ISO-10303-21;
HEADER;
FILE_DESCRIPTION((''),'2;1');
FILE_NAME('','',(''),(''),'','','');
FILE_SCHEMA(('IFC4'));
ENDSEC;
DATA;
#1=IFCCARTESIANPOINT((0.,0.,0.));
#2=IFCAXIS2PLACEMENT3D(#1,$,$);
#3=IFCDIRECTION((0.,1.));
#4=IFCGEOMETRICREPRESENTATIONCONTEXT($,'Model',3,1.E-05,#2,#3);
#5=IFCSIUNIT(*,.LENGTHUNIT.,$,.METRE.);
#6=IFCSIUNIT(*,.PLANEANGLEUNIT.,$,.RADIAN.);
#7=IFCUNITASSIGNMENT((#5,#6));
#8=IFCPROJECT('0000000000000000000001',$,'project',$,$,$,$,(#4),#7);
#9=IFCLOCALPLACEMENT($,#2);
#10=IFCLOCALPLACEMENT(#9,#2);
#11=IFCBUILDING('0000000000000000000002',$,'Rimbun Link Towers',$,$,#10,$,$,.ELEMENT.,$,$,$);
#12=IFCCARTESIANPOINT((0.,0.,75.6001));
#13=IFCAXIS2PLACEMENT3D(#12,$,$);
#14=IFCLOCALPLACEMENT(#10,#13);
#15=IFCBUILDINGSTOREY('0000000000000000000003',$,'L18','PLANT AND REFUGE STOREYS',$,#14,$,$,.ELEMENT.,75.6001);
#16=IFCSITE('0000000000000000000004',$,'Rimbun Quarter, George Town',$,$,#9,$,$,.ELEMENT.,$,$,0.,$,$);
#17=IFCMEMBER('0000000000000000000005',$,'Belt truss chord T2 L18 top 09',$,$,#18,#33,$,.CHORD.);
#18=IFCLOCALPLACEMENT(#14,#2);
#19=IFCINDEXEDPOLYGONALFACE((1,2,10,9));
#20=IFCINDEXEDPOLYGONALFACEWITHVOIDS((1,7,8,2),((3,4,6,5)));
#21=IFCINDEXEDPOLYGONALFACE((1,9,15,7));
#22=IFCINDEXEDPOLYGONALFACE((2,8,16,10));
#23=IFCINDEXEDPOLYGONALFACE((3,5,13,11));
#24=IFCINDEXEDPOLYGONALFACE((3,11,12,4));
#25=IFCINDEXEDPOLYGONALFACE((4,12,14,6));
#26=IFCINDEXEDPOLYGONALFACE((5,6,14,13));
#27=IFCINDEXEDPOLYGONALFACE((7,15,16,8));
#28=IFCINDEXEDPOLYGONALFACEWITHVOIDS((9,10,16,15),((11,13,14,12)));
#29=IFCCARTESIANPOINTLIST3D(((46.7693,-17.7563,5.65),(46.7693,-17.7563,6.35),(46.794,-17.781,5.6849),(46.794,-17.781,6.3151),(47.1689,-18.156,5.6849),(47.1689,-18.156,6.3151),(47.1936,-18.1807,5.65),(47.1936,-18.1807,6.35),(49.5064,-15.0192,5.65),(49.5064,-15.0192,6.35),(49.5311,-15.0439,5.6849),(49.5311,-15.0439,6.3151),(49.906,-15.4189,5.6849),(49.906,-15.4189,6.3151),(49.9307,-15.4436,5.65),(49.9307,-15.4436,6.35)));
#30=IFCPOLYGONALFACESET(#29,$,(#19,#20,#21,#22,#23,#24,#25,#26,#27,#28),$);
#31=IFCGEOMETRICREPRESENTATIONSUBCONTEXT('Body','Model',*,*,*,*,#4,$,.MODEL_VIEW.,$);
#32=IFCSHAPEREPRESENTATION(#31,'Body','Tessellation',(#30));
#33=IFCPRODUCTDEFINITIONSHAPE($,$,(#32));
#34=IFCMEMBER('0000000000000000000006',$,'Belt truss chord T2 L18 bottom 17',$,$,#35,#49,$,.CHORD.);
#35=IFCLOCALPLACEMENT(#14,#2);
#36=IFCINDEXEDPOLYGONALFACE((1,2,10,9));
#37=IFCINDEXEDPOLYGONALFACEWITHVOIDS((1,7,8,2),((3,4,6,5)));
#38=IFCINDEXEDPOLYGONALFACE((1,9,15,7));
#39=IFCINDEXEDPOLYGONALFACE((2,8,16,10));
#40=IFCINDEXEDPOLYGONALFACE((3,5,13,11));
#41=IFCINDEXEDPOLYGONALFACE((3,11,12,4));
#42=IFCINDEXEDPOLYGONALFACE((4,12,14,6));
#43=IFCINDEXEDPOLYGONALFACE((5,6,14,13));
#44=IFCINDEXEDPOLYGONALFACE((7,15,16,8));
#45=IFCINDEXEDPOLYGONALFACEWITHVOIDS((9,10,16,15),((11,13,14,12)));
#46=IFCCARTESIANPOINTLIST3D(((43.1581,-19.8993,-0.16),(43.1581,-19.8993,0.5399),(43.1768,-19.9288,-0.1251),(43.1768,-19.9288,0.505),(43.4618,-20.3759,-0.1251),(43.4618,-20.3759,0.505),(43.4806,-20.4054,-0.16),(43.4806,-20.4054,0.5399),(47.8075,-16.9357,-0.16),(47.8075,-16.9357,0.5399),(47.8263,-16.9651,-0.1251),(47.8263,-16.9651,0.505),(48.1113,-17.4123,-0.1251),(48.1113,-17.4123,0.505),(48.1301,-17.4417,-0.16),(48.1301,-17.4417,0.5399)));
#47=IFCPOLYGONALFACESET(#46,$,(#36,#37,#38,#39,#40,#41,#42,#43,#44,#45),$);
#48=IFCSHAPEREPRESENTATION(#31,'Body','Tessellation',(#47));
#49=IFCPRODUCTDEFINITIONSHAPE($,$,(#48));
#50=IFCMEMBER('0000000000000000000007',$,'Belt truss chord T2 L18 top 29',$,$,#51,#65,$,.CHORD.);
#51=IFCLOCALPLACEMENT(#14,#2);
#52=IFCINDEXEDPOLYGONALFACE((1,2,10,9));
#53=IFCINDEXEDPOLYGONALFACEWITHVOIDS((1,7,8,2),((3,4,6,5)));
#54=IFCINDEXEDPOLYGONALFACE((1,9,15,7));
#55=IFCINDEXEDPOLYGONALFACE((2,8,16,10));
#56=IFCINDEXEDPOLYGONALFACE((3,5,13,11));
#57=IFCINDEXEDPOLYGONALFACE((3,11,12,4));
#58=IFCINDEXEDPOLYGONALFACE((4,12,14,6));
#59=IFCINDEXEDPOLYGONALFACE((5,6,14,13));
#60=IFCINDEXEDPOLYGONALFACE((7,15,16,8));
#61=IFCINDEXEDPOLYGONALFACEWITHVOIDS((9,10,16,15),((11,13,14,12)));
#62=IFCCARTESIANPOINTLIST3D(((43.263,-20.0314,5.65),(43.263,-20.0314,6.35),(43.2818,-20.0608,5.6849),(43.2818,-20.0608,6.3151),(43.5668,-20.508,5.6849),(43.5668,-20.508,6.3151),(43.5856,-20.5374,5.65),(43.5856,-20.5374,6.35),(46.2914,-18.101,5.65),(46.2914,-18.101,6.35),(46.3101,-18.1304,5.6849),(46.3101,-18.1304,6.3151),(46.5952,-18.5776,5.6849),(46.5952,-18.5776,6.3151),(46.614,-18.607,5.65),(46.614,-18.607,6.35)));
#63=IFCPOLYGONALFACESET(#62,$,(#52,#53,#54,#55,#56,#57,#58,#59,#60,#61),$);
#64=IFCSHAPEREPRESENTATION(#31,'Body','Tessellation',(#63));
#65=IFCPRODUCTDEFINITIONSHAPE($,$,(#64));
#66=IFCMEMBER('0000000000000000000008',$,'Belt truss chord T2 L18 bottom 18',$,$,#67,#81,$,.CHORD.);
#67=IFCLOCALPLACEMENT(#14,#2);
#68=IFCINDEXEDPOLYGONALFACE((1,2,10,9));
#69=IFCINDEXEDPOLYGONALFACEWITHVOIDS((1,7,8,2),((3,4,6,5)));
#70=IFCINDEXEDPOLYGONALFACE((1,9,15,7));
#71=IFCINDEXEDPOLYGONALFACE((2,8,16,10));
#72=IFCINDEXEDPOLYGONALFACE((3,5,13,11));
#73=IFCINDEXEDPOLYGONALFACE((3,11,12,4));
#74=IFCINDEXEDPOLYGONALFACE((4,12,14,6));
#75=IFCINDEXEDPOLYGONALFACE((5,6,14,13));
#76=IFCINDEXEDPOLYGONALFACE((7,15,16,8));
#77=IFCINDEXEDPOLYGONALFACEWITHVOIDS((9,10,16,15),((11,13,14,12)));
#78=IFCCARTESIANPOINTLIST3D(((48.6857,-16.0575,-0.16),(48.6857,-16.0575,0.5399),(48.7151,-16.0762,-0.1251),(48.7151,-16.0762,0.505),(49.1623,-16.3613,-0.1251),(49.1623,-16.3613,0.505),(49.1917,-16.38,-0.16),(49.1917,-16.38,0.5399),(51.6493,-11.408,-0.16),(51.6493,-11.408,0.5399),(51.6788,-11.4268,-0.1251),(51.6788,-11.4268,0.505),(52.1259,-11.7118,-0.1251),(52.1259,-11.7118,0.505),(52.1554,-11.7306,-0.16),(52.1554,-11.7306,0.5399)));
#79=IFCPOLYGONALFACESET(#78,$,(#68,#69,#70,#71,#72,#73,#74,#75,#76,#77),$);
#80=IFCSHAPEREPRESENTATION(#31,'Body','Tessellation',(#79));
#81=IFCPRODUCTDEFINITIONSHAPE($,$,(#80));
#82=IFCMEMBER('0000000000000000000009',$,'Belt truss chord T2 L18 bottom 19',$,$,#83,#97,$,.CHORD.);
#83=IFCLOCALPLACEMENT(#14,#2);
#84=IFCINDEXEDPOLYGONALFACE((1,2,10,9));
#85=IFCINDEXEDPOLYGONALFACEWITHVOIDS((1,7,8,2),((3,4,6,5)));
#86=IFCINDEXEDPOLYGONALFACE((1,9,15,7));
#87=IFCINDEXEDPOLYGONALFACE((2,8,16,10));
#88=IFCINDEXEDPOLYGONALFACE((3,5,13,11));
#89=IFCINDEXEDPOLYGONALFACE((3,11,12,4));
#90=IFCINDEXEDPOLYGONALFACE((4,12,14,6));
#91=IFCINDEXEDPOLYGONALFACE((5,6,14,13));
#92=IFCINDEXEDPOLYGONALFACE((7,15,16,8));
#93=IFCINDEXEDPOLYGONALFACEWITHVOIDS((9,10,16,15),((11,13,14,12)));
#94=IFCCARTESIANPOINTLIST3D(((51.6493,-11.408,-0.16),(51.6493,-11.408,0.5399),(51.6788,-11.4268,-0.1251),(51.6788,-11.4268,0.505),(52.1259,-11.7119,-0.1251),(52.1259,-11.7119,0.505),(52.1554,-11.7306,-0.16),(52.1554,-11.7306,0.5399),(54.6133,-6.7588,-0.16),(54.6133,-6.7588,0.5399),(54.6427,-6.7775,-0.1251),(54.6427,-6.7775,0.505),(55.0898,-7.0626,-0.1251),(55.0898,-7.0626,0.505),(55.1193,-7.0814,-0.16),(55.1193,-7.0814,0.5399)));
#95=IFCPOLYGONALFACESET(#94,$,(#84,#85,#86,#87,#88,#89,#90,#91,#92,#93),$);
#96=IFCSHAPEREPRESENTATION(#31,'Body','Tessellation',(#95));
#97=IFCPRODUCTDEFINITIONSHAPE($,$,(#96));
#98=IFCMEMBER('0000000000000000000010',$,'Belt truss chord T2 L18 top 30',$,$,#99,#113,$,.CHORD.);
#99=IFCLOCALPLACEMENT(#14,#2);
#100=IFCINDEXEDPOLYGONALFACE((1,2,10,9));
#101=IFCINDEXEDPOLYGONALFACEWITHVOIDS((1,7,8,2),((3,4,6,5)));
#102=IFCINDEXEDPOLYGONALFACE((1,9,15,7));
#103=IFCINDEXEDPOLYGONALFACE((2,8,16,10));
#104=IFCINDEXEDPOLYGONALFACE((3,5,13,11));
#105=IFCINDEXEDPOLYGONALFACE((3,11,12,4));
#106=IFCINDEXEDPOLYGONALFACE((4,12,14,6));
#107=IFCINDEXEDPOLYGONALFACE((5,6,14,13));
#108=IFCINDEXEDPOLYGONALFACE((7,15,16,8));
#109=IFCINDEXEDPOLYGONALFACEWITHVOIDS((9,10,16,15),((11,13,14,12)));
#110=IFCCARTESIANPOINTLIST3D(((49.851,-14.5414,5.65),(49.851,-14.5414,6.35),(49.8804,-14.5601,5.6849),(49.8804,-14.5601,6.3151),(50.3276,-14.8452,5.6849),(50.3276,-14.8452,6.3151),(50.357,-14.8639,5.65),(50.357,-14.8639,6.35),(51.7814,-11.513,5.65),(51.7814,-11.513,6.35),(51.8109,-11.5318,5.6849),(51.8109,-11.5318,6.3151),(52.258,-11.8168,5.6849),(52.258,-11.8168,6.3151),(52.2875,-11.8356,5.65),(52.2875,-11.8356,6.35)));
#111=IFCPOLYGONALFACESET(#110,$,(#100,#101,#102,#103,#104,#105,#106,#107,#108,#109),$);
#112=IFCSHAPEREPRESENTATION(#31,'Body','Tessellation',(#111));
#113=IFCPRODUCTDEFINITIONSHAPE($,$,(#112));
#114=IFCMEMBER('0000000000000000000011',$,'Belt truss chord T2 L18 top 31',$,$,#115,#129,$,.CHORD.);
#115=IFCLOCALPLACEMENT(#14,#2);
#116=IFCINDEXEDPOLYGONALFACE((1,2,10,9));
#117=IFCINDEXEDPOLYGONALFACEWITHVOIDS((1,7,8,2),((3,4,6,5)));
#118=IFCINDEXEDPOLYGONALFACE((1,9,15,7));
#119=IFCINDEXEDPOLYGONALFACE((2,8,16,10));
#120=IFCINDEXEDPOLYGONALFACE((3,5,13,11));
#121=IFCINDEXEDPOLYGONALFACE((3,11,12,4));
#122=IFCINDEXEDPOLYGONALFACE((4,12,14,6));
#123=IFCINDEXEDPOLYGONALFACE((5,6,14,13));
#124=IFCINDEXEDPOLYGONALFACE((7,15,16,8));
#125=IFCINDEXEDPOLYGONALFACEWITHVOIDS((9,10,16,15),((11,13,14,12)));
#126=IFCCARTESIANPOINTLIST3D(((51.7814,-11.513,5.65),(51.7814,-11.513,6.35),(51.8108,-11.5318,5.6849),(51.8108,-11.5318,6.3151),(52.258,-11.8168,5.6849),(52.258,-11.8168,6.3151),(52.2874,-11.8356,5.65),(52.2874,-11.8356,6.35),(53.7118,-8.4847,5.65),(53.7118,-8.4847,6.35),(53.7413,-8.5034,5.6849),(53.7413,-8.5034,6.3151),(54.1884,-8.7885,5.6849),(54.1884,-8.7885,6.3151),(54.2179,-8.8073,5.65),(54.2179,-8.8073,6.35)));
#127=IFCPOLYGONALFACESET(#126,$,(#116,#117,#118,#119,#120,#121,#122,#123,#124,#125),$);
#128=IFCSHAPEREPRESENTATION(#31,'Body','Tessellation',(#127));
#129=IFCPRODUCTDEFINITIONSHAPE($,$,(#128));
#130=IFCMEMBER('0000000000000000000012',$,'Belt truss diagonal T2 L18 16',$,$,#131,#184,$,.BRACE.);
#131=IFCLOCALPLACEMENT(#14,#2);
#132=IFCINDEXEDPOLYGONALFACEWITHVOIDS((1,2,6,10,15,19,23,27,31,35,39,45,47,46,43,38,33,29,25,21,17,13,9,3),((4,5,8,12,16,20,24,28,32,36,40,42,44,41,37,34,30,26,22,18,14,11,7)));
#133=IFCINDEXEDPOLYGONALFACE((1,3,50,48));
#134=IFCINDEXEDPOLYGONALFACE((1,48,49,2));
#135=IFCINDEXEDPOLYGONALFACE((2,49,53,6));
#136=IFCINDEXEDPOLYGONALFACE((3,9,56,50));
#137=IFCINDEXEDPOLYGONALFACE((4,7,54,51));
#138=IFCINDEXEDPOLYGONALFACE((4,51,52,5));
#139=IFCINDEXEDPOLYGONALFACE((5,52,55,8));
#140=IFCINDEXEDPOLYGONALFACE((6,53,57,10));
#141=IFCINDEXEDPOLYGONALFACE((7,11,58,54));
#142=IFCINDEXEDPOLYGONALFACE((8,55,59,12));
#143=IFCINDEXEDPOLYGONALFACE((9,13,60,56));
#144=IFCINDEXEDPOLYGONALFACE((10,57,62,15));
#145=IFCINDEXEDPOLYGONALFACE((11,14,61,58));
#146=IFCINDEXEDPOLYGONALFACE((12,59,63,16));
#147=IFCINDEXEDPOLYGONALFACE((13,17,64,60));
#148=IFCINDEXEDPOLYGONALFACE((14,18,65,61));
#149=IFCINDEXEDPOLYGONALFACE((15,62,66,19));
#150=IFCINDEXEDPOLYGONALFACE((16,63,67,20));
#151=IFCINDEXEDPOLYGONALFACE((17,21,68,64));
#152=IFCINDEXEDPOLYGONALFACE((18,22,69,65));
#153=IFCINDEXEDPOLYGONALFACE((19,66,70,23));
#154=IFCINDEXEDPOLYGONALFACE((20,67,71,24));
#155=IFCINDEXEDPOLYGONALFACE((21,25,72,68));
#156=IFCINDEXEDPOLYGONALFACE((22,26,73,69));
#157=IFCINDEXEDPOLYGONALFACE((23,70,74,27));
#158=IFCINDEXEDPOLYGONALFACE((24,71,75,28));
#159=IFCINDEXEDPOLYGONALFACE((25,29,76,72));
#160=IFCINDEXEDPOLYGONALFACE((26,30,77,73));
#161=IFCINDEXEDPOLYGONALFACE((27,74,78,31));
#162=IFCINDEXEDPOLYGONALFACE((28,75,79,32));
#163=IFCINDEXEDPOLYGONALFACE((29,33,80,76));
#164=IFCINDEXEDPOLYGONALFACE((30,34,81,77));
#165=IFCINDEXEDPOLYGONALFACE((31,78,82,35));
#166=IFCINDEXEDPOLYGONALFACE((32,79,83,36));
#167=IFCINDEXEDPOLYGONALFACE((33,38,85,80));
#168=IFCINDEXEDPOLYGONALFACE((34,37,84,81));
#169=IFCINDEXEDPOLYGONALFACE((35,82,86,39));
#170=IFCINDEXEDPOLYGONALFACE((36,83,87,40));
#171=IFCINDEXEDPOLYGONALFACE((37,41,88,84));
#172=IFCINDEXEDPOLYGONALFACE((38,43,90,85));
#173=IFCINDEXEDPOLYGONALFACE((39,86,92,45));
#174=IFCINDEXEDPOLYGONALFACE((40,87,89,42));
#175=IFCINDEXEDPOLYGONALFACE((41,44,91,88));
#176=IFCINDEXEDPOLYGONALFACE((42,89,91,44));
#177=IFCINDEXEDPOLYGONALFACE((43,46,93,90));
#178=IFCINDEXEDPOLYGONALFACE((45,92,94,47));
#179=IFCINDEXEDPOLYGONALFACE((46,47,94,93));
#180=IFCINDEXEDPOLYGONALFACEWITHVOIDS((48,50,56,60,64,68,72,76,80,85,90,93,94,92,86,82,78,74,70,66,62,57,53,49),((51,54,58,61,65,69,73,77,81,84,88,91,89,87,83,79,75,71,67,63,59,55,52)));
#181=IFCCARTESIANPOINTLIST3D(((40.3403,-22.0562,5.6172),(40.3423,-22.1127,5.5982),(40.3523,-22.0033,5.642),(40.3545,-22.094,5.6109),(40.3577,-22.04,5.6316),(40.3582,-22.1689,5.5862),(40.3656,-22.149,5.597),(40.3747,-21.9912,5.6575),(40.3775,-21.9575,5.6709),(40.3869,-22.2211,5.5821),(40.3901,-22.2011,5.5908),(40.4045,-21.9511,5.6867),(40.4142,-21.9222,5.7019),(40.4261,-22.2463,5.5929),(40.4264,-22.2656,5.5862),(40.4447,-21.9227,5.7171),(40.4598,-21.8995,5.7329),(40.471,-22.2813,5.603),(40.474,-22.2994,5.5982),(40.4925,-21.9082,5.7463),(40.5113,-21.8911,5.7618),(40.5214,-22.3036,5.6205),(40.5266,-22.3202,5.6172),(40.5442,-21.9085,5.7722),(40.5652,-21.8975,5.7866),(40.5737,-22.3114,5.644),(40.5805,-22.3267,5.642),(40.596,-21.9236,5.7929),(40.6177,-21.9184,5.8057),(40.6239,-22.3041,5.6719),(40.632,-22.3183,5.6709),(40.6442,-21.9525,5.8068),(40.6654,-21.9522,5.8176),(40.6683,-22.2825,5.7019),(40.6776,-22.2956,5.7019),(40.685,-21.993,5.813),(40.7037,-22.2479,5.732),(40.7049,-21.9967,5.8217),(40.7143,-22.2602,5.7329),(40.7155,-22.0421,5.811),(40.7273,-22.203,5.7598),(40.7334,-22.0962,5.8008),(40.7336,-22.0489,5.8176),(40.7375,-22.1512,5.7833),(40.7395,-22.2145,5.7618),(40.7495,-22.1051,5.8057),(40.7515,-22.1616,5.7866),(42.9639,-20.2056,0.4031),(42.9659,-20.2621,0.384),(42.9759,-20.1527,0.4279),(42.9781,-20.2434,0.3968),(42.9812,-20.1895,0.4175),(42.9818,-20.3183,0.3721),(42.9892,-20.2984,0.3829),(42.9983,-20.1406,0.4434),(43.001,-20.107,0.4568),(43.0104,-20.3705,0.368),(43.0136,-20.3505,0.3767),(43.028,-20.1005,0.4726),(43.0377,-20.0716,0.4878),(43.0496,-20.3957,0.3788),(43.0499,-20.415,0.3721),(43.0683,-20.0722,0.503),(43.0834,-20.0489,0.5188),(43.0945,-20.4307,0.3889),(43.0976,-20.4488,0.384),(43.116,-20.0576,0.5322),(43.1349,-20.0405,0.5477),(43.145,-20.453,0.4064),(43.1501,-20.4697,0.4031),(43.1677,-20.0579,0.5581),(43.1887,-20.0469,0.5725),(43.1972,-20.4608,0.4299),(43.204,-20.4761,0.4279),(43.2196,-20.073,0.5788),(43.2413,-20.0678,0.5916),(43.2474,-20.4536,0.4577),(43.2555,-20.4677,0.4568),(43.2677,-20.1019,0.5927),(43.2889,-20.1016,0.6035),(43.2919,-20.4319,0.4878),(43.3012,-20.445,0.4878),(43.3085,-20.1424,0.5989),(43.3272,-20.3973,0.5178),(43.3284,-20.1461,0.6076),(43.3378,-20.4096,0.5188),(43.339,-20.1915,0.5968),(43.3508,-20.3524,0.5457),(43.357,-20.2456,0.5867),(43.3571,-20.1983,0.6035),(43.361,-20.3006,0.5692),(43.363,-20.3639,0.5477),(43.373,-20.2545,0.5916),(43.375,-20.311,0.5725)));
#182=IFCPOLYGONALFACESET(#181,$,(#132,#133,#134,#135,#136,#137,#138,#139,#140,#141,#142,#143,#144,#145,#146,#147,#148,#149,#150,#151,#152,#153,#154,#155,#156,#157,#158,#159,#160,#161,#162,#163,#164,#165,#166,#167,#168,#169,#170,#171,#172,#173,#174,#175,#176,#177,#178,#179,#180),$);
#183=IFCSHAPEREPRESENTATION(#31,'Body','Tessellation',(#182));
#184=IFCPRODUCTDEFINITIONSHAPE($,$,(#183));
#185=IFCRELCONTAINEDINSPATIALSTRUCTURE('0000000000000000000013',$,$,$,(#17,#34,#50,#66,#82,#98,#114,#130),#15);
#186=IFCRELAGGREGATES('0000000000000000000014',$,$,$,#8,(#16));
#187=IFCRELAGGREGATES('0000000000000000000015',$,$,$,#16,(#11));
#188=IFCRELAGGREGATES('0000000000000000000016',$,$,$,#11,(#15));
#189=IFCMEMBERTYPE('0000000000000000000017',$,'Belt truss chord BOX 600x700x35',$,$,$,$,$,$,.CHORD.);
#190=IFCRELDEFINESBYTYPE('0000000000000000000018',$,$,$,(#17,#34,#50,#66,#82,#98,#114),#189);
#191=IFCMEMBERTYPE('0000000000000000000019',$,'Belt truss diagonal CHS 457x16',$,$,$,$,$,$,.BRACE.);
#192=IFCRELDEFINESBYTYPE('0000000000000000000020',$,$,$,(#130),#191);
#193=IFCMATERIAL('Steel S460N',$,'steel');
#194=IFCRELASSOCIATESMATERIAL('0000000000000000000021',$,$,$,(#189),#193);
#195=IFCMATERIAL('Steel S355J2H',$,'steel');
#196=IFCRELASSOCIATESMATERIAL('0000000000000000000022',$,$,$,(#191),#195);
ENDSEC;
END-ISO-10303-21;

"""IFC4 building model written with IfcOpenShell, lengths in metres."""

from ifc_helpers import new_model, si_unit, direction, frame, origin, origin_2d, place, context, subcontext, project, spatial, hollow_rectangle, hollow_circle, extrude, material, material_profile, profile_set, type_object, element, save


model = new_model("IFC4")

# Units and contexts
model_context = context("Model", 3, precision=1e-05, world=origin(), true_north=direction((0.0, 1.0)))
body_context = subcontext(model_context, "Body", "Model", "MODEL_VIEW")
ifc_project = project(units=[si_unit("LENGTHUNIT", "METRE"), si_unit("PLANEANGLEUNIT", "RADIAN")], contexts=[model_context])

# Site, building, storey
site_placement = place(None, origin())
site = spatial("IfcSite", under=ifc_project, at=site_placement, Name="Rimbun Quarter, George Town", CompositionType="ELEMENT", RefElevation=0.0)
building_placement = place(site_placement, origin())
building = spatial("IfcBuilding", under=site, at=building_placement, Name="Rimbun Link Towers", CompositionType="ELEMENT")
storey_placement = place(building_placement, frame((0.0, 0.0, 75.6001)))
storey = spatial("IfcBuildingStorey", under=building, at=storey_placement, Name="L18", Description="PLANT AND REFUGE STOREYS", CompositionType="ELEMENT", Elevation=75.6001)

# Members
ifc_material_1 = material(Name="Steel S460N", Category="steel")
ifc_material_profile_1 = material_profile(ifc_material_1, hollow_rectangle(XDim=0.6001, YDim=0.7, WallThickness=0.0349, at=origin_2d()), Name="Belt truss chord BOX 600x700x35")
ifc_profile_set_1 = profile_set([ifc_material_profile_1], Name="Steel S460N")
member_type_1 = type_object("IfcMemberType", Name="Belt truss chord BOX 600x700x35", PredefinedType="CHORD", material=ifc_profile_set_1)
member_1_placement = place(storey_placement, frame((46.9814, -17.9685, 6.0), z_axis=(0.707107, 0.707107, 0.0), x_axis=(-0.707107, 0.707107, 0.0)))
element("IfcMember", 1, at=member_1_placement, inside=storey, type_object=member_type_1, Name="Belt truss chord T2 L18 top 09", PredefinedType="CHORD", context=body_context, shape_type="SweptSolid", body=[
    extrude(hollow_rectangle(XDim=0.6001, YDim=0.7, WallThickness=0.0349, at=origin_2d()), origin(), (0.0, 0.0, 1.0), 3.8708),
])
member_2_placement = place(storey_placement, frame((43.3193, -20.1523, 0.1899), z_axis=(0.843258, 0.537509, 0.0), x_axis=(-0.537509, 0.843258, 0.0)))
element("IfcMember", 2, at=member_2_placement, inside=storey, type_object=member_type_1, Name="Belt truss chord T2 L18 bottom 17", PredefinedType="CHORD", context=body_context, shape_type="SweptSolid", body=[
    extrude(hollow_rectangle(XDim=0.6001, YDim=0.7, WallThickness=0.0349, at=origin_2d()), origin(), (0.0, 0.0, 1.0), 5.5137),
])
member_3_placement = place(storey_placement, frame((43.4243, -20.2844, 6.0), z_axis=(0.843244, 0.537531, 0.0), x_axis=(-0.537531, 0.843244, 0.0)))
element("IfcMember", 3, at=member_3_placement, inside=storey, type_object=member_type_1, Name="Belt truss chord T2 L18 top 29", PredefinedType="CHORD", context=body_context, shape_type="SweptSolid", body=[
    extrude(hollow_rectangle(XDim=0.6001, YDim=0.7, WallThickness=0.0349, at=origin_2d()), origin(), (0.0, 0.0, 1.0), 3.5913),
])
for number, where, z_axis, x_axis, name in (
    (4, (48.9387, -16.2188, 0.1899), (0.537509, 0.843258, 0.0), (-0.843258, 0.537509, 0.0), "Belt truss chord T2 L18 bottom 18"),
    (5, (51.9023, -11.5693, 0.1899), (0.53756, 0.843225, 0.0), (-0.843225, 0.53756, 0.0), "Belt truss chord T2 L18 bottom 19"),
):
    element("IfcMember", number, at=place(storey_placement, frame(where, z_axis=z_axis, x_axis=x_axis)), inside=storey, type_object=member_type_1, Name=name, PredefinedType="CHORD", context=body_context, shape_type="SweptSolid", body=[
        extrude(hollow_rectangle(XDim=0.6001, YDim=0.7, WallThickness=0.0349, at=origin_2d()), origin(), (0.0, 0.0, 1.0), 5.5137),
    ])
for number, where, z_axis, x_axis, name in (
    (6, (50.104, -14.7026, 6.0), (0.537531, 0.843244, 0.0), (-0.843244, 0.537531, 0.0), "Belt truss chord T2 L18 top 30"),
    (7, (52.0344, -11.6743, 6.0), (0.537531, 0.843244, 0.0), (-0.843244, 0.537531, 0.0), "Belt truss chord T2 L18 top 31"),
):
    element("IfcMember", number, at=place(storey_placement, frame(where, z_axis=z_axis, x_axis=x_axis)), inside=storey, type_object=member_type_1, Name=name, PredefinedType="CHORD", context=body_context, shape_type="SweptSolid", body=[
        extrude(hollow_rectangle(XDim=0.6001, YDim=0.7, WallThickness=0.0349, at=origin_2d()), origin(), (0.0, 0.0, 1.0), 3.5913),
    ])
ifc_material_2 = material(Name="Steel S355J2H", Category="steel")
ifc_material_profile_2 = material_profile(ifc_material_2, hollow_circle(Radius=0.2285, WallThickness=0.0161, at=origin_2d()), Name="Belt truss diagonal CHS 457x16")
ifc_profile_set_2 = profile_set([ifc_material_profile_2], Name="Steel S355J2H")
member_type_2 = type_object("IfcMemberType", Name="Belt truss diagonal CHS 457x16", PredefinedType="BRACE", material=ifc_profile_set_2)
member_4_placement = place(storey_placement, frame((43.1694, -20.2583, 0.4878), z_axis=(-0.428453, -0.302221, 0.851523), x_axis=(0.576408, -0.817162, 0.0)))
element("IfcMember", 8, at=member_4_placement, inside=storey, type_object=member_type_2, Name="Belt truss diagonal T2 L18 16", PredefinedType="BRACE", context=body_context, shape_type="SweptSolid", body=[
    extrude(hollow_circle(Radius=0.2285, WallThickness=0.0161, at=origin_2d()), origin(), (0.0, 0.0, 1.0), 6.1233),
])

save(model, "model.ifc")
